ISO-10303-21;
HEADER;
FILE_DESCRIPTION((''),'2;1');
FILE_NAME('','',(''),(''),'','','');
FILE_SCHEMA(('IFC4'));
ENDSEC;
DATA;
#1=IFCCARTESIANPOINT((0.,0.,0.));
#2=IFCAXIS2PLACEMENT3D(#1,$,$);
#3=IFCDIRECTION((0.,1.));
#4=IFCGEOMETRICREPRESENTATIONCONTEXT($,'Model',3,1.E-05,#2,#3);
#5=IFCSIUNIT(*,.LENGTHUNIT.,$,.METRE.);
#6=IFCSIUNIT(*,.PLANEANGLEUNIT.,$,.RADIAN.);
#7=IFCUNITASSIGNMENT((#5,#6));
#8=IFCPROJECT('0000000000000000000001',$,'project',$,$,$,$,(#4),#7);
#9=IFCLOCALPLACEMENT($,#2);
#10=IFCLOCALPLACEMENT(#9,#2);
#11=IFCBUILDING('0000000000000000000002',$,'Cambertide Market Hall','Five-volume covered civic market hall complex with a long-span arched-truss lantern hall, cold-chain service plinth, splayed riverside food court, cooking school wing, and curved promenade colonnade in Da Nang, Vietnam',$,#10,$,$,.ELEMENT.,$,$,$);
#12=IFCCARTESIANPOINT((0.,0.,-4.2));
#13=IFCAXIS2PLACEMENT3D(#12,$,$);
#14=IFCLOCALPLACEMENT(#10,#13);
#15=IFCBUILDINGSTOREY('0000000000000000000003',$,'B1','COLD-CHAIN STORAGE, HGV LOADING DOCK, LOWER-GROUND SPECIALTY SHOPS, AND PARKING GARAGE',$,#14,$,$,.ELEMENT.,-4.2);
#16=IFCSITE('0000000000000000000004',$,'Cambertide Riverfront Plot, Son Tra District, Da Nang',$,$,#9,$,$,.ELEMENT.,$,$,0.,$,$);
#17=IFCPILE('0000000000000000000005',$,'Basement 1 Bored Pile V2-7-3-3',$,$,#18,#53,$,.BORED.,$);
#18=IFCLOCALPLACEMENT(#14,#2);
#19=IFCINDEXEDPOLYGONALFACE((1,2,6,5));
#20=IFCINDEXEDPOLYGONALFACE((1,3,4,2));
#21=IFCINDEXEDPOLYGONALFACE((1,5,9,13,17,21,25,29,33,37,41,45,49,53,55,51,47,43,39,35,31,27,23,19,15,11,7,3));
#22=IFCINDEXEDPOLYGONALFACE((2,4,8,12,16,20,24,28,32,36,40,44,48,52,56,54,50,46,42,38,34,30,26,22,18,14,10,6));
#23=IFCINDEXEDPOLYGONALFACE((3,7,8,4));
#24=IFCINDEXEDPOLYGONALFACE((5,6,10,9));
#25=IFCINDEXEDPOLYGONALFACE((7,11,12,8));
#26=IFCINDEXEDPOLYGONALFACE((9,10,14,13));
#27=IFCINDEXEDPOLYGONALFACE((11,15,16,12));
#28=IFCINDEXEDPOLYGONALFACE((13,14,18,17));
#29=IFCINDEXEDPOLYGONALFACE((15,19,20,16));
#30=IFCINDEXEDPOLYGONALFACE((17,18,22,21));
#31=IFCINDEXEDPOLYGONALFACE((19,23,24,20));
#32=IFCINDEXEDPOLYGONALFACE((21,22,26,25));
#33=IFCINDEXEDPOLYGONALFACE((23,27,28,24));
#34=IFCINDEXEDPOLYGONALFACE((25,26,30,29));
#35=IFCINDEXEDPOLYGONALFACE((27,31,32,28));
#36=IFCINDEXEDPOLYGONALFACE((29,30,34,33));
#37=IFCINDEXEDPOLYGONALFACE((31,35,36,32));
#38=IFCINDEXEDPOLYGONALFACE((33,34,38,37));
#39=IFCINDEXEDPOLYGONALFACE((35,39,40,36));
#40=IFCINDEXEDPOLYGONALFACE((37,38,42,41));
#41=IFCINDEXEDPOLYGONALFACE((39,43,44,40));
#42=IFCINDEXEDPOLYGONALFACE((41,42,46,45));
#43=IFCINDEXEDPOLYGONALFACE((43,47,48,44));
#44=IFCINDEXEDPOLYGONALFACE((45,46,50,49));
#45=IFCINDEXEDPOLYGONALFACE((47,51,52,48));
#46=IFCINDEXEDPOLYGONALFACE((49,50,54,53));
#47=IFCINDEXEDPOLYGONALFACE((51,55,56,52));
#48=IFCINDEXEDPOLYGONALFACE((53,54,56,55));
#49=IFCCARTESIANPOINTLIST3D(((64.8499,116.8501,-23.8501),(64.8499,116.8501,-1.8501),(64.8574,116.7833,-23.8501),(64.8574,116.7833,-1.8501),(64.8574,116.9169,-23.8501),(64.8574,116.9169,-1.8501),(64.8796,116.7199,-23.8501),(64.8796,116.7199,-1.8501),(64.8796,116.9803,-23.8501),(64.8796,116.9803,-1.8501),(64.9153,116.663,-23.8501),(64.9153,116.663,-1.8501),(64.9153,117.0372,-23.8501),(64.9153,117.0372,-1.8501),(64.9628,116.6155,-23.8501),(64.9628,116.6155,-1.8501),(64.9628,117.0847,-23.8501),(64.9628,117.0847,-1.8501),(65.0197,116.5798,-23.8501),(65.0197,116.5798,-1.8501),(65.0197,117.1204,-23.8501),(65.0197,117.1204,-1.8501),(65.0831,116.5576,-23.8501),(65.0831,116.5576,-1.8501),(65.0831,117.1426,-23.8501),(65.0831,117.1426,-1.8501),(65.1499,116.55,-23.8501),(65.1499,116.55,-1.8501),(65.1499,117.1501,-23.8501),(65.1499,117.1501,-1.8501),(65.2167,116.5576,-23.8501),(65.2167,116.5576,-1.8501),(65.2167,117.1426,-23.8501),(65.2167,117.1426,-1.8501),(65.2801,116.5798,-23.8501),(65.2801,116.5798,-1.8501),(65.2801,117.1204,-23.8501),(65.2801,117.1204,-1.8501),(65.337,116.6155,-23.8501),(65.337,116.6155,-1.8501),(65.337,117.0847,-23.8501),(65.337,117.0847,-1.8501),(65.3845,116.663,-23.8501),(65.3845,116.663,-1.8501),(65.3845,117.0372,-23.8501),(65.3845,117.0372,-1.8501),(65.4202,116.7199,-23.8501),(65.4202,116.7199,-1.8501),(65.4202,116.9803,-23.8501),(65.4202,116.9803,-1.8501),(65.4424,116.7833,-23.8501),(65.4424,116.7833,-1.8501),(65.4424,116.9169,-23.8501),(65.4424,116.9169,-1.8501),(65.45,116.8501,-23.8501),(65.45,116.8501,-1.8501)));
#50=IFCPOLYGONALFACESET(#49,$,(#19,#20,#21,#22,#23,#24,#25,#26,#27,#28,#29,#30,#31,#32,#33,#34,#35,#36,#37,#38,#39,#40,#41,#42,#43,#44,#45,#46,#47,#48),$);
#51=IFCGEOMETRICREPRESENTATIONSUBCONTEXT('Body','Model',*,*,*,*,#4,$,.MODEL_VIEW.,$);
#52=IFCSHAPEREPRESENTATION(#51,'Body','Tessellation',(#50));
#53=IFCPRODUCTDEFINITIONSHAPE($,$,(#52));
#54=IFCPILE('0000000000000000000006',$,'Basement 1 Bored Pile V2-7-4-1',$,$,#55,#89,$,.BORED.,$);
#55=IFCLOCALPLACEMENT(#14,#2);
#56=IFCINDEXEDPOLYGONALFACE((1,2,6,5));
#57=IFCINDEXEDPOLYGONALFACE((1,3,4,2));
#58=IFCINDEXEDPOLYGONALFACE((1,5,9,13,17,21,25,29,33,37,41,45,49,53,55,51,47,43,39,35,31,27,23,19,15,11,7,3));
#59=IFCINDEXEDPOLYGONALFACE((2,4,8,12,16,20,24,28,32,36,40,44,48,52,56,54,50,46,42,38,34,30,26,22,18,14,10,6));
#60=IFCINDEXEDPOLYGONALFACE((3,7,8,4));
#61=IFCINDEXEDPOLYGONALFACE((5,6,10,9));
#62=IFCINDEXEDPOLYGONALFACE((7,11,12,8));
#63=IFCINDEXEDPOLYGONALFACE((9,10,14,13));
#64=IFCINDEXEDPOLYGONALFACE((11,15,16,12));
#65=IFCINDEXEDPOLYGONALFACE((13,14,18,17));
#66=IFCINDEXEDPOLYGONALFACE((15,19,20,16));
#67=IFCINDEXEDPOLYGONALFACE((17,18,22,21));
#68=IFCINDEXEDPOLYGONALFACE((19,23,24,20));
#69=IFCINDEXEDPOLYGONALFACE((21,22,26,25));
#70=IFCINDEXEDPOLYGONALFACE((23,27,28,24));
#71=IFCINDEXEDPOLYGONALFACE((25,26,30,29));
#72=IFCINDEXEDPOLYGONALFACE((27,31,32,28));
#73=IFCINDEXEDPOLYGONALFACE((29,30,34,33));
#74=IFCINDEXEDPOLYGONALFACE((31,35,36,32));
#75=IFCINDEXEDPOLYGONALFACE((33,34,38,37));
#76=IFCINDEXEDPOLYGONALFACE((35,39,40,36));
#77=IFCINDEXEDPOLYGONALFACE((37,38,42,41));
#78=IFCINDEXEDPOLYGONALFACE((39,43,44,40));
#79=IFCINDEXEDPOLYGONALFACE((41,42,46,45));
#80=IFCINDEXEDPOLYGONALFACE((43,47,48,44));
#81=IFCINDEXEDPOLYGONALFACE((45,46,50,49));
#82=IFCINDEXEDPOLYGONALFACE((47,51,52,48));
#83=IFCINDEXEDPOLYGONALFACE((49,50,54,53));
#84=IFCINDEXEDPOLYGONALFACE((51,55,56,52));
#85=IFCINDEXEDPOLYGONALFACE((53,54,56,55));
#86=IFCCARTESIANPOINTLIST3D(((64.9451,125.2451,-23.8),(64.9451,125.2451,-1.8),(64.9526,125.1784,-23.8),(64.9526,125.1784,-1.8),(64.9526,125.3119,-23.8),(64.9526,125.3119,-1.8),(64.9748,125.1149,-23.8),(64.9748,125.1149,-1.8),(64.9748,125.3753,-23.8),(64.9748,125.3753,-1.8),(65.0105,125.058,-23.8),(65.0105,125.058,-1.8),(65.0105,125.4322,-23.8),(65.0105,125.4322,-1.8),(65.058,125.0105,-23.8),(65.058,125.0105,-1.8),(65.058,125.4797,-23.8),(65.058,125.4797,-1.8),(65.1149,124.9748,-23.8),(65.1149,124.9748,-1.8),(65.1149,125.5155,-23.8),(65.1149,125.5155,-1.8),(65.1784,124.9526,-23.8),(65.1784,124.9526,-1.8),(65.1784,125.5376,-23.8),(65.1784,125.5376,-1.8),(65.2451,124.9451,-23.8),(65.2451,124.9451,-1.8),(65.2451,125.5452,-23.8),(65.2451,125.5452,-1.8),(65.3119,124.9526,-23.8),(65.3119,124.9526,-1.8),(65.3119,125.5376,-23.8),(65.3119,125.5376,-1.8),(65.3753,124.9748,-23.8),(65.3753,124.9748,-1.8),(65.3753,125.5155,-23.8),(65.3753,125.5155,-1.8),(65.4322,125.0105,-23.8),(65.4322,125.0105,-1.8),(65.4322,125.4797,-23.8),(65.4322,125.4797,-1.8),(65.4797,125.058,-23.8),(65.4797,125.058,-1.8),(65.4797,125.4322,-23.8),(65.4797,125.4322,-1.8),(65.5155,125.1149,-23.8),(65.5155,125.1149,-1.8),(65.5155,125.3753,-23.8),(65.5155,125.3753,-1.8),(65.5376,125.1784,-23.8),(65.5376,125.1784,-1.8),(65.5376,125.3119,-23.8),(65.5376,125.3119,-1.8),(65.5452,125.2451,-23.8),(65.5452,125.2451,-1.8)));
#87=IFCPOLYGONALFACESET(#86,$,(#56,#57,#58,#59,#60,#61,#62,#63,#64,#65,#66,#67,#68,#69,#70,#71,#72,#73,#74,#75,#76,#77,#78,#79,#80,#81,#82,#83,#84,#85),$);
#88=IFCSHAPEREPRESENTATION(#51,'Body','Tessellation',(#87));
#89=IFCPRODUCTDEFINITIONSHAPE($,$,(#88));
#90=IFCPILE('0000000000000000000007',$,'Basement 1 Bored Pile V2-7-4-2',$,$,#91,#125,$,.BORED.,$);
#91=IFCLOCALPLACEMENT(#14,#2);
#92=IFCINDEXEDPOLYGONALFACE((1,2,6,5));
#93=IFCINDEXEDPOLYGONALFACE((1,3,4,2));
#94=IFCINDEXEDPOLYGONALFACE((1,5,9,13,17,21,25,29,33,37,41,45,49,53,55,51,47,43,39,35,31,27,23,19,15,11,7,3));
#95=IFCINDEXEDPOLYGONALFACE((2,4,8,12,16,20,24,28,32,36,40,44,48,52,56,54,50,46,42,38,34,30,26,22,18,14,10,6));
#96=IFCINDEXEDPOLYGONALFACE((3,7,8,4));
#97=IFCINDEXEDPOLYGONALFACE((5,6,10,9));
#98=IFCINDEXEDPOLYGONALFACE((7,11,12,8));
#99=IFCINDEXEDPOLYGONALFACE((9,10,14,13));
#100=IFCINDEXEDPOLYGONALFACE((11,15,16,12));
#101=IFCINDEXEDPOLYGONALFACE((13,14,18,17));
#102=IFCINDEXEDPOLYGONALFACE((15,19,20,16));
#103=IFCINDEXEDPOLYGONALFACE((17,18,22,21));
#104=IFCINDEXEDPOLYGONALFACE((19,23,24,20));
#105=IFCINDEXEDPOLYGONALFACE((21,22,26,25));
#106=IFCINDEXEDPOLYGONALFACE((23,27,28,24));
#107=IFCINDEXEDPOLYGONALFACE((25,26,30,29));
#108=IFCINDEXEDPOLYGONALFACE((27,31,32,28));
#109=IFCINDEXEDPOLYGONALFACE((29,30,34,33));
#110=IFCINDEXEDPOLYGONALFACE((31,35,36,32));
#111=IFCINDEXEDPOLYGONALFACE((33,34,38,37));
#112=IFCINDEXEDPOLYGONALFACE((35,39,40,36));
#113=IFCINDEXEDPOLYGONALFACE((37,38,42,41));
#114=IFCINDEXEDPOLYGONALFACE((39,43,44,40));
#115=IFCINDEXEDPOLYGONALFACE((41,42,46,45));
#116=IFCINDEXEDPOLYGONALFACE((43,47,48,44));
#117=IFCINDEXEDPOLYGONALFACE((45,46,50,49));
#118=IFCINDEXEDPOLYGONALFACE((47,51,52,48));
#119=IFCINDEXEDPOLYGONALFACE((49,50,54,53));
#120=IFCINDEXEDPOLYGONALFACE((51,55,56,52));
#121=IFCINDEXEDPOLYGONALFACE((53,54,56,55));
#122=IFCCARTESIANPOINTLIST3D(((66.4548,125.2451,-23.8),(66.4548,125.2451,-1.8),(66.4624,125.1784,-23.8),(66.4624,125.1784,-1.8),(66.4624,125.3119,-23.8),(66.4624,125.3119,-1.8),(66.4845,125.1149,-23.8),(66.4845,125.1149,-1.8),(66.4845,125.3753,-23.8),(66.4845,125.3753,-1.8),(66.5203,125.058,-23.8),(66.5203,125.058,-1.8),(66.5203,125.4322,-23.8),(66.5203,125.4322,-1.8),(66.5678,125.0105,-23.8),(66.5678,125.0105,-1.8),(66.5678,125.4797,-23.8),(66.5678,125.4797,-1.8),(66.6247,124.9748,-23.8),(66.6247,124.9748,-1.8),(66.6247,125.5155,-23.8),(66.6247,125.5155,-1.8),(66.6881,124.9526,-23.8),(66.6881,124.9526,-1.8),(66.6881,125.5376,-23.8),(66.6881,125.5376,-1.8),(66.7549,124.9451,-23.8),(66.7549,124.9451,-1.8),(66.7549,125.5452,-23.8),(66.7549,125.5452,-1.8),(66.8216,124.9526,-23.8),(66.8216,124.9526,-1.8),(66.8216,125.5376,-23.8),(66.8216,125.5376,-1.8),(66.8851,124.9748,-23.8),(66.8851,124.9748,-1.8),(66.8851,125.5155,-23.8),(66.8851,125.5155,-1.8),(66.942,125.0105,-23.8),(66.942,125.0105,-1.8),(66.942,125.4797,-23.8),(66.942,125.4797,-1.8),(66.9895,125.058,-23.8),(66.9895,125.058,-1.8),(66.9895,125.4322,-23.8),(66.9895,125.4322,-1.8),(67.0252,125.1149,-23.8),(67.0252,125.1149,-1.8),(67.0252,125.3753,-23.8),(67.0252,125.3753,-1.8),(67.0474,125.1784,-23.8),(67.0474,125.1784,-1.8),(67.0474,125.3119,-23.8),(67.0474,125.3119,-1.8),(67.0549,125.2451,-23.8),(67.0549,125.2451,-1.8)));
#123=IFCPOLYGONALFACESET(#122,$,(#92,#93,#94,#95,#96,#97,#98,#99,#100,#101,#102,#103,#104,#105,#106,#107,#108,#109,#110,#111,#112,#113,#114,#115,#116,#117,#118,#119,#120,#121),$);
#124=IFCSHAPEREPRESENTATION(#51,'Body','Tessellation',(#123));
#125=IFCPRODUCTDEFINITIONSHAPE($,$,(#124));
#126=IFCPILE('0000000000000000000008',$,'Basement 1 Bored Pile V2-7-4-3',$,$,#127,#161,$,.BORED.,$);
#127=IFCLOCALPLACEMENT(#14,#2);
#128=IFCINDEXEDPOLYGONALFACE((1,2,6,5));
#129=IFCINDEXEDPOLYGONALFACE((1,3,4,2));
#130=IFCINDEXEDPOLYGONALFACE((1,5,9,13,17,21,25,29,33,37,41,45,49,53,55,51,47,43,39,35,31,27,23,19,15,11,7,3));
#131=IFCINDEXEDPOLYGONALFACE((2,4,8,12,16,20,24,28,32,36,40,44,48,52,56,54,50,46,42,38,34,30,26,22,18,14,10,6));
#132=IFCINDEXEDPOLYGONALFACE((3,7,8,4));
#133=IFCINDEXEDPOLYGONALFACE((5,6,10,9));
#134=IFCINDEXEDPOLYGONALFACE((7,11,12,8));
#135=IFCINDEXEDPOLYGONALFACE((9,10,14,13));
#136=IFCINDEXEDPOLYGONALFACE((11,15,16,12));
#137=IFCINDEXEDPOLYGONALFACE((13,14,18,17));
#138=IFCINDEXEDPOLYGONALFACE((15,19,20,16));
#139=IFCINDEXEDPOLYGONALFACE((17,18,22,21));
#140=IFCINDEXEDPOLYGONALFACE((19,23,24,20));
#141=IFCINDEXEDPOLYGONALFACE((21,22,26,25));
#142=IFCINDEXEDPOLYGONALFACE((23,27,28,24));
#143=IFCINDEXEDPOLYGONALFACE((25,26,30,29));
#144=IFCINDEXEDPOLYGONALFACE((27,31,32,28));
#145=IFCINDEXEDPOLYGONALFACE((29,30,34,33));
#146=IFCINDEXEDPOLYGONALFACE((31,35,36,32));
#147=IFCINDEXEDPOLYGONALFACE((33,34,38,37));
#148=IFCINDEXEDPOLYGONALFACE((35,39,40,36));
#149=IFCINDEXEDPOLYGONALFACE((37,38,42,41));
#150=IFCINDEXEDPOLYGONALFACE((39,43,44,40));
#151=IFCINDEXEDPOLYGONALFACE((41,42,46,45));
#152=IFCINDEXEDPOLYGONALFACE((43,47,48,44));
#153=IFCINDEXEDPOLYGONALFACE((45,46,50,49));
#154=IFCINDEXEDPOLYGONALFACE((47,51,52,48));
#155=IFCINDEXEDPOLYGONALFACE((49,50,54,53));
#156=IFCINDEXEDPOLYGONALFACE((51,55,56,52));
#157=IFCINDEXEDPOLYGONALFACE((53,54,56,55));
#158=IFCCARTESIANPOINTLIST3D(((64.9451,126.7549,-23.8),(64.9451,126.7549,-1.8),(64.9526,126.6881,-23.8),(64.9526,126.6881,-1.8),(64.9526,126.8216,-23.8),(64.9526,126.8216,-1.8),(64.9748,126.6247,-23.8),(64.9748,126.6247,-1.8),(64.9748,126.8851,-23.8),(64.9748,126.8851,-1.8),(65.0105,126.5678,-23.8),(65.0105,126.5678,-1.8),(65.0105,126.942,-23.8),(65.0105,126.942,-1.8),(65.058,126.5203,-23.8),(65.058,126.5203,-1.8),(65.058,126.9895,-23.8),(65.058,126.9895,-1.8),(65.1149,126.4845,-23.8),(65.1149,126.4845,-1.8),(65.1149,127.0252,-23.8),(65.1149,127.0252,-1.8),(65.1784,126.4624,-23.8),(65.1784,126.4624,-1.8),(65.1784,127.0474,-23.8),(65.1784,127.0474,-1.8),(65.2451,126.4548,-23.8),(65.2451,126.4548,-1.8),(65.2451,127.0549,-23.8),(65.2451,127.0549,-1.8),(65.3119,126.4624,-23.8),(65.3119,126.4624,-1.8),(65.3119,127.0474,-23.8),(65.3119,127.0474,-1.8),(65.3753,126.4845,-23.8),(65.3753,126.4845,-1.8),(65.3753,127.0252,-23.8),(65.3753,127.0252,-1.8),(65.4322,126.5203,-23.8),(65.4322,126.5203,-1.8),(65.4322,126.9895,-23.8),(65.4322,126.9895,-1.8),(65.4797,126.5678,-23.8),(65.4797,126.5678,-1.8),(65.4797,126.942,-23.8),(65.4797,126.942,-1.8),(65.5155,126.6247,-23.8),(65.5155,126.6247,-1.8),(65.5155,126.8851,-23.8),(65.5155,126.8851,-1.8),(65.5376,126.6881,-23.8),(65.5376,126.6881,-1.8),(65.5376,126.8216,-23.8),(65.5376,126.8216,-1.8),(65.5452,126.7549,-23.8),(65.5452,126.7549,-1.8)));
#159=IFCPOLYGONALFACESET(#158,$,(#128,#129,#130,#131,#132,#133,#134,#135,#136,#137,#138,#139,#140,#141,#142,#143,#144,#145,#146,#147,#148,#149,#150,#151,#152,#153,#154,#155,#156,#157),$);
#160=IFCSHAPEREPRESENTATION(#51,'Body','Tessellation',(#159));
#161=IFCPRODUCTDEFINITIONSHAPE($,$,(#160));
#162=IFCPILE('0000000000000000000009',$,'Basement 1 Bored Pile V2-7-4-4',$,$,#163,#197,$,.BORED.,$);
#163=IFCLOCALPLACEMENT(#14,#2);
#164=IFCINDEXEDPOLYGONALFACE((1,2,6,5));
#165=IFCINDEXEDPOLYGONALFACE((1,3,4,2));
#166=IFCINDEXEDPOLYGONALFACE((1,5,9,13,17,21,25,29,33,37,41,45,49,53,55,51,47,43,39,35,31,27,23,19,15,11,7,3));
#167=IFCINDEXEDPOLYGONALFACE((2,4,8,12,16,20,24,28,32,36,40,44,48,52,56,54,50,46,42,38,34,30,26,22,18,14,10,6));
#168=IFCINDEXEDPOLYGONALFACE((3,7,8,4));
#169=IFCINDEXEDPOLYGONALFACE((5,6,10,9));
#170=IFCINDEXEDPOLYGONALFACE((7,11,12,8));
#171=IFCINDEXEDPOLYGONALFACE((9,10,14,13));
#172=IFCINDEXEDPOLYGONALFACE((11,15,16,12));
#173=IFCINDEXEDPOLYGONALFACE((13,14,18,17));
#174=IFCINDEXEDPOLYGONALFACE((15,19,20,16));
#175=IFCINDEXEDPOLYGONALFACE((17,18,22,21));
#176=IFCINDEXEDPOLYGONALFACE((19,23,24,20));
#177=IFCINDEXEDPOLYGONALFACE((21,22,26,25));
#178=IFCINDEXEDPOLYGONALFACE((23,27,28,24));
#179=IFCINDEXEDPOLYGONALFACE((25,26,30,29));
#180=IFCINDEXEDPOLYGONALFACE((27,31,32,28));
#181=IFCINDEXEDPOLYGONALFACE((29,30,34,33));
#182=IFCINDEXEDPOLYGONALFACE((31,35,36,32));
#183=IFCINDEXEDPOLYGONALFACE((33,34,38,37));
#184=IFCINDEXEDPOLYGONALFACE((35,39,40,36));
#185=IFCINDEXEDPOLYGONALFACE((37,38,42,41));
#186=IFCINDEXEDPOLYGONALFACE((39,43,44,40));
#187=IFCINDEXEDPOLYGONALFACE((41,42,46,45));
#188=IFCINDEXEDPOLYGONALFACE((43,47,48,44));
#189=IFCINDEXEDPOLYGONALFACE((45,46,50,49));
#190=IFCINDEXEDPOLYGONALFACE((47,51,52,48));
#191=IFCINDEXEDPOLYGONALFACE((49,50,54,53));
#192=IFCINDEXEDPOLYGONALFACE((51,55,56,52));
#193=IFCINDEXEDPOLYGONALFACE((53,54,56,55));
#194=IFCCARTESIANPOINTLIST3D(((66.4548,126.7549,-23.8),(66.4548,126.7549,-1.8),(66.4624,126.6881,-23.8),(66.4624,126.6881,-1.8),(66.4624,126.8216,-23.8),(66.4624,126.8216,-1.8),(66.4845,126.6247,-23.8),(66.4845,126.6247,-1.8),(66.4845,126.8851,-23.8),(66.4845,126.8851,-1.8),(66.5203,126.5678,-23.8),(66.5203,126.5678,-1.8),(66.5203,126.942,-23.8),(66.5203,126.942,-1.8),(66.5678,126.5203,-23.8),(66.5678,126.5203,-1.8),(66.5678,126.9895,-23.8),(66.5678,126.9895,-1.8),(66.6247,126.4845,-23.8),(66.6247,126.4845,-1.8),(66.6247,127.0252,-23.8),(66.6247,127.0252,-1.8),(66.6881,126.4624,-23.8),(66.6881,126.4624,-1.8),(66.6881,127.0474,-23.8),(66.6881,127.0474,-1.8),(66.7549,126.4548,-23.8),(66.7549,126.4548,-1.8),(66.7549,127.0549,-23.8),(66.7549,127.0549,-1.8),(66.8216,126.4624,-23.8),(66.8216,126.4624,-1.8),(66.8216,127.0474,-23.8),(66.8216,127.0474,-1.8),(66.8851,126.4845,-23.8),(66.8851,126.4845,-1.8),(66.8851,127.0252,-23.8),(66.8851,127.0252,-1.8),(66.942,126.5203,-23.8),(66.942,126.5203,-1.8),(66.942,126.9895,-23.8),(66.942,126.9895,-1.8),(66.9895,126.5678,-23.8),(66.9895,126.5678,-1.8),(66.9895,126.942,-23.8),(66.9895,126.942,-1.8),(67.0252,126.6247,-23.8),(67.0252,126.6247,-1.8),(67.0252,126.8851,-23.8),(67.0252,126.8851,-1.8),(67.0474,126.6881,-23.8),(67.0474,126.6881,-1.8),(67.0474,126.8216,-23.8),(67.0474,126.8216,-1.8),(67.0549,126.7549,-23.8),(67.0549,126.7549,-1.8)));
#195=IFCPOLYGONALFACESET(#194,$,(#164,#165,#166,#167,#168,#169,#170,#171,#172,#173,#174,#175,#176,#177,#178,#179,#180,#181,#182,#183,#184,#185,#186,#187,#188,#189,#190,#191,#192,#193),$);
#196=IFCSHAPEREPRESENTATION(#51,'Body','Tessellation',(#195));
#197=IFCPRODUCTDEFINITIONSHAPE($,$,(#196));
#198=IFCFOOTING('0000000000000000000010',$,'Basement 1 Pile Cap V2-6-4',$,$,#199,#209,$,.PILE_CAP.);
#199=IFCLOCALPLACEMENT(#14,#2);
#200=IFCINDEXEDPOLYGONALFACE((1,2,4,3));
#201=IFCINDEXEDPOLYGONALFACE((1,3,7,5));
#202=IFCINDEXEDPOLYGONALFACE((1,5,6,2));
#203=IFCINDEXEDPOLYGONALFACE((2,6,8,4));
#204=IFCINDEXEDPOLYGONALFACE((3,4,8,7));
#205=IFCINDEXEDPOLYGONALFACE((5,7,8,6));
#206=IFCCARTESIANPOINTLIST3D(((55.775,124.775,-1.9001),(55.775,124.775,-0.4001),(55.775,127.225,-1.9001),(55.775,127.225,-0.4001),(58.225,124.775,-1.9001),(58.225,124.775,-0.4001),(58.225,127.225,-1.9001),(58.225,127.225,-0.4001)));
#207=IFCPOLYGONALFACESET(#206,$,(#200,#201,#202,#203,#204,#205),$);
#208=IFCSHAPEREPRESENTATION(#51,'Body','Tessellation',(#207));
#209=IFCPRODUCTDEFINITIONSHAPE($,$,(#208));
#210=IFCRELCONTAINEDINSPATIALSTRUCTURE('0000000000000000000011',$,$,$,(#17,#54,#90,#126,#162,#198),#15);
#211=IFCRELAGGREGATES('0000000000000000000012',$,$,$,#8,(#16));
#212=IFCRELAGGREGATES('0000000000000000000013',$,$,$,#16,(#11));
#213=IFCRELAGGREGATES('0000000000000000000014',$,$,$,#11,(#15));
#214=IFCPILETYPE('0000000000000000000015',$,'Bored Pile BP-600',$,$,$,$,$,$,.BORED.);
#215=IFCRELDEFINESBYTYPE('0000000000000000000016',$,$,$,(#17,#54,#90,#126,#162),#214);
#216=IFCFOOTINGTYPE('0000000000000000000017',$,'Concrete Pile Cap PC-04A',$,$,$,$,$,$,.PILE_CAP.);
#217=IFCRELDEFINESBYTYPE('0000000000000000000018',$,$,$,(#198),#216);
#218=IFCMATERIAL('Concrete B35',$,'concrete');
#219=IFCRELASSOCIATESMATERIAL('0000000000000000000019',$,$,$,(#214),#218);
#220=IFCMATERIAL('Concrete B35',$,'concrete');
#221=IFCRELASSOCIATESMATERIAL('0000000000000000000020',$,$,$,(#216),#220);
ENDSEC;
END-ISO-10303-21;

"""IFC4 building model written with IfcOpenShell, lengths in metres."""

from ifc_helpers import new_model, si_unit, direction, frame, origin, origin_2d, place, context, subcontext, project, spatial, rectangle, circle, extrude, material, material_profile, profile_set, type_object, element, save


model = new_model("IFC4")

# Units and contexts
model_context = context("Model", 3, precision=1e-05, world=origin(), true_north=direction((0.0, 1.0)))
body_context = subcontext(model_context, "Body", "Model", "MODEL_VIEW")
ifc_project = project(units=[si_unit("LENGTHUNIT", "METRE"), si_unit("PLANEANGLEUNIT", "RADIAN")], contexts=[model_context])

# Site, building, storey
site_placement = place(None, origin())
site = spatial("IfcSite", under=ifc_project, at=site_placement, Name="Cambertide Riverfront Plot, Son Tra District, Da Nang", CompositionType="ELEMENT", RefElevation=0.0)
building_placement = place(site_placement, origin())
building = spatial("IfcBuilding", under=site, at=building_placement, Name="Cambertide Market Hall", Description="Five-volume covered civic market hall complex with a long-span arched-truss lantern hall, cold-chain service plinth, splayed riverside food court, cooking school wing, and curved promenade colonnade in Da Nang, Vietnam", CompositionType="ELEMENT")
storey_placement = place(building_placement, frame((0.0, 0.0, -4.2)))
storey = spatial("IfcBuildingStorey", under=building, at=storey_placement, Name="B1", Description="COLD-CHAIN STORAGE, HGV LOADING DOCK, LOWER-GROUND SPECIALTY SHOPS, AND PARKING GARAGE", CompositionType="ELEMENT", Elevation=-4.2)

# Piles
ifc_material_1 = material(Name="Concrete B35", Category="concrete")
ifc_material_profile_1 = material_profile(ifc_material_1, circle(Radius=0.3, at=origin_2d()), Name="BP D600")
ifc_profile_set_1 = profile_set([ifc_material_profile_1], Name="Concrete B35")
pile_type = type_object("IfcPileType", Name="Bored Pile BP-600", PredefinedType="BORED", material=ifc_profile_set_1)
for number, where, z_axis, x_axis, name in (
    (1, (65.1499, 116.8501, -1.8501), (0.0, 0.0, -1.0), (1.0, 0.0, 0.0), "Basement 1 Bored Pile V2-7-3-3"),
    (2, (65.2451, 125.2451, -1.8), (0.0, 0.0, -1.0), (1.0, 0.0, 0.0), "Basement 1 Bored Pile V2-7-4-1"),
    (3, (66.7549, 125.2451, -1.8), (0.0, 0.0, -1.0), (1.0, 0.0, 0.0), "Basement 1 Bored Pile V2-7-4-2"),
    (4, (65.2451, 126.7549, -1.8), (0.0, 0.0, -1.0), (1.0, 0.0, 0.0), "Basement 1 Bored Pile V2-7-4-3"),
    (5, (66.7549, 126.7549, -1.8), (0.0, 0.0, -1.0), (1.0, 0.0, 0.0), "Basement 1 Bored Pile V2-7-4-4"),
):
    element("IfcPile", number, at=place(storey_placement, frame(where, z_axis=z_axis, x_axis=x_axis)), inside=storey, type_object=pile_type, Name=name, PredefinedType="BORED", context=body_context, shape_type="SweptSolid", body=[
        extrude(circle(Radius=0.3, at=origin_2d()), origin(), (0.0, 0.0, 1.0), 22.0),
    ])

# Footing
ifc_material_2 = material(Name="Concrete B35", Category="concrete")
footing_type_1 = type_object("IfcFootingType", Name="Concrete Pile Cap PC-04A", PredefinedType="PILE_CAP", material=ifc_material_2)
for number, where, z_axis, x_axis, name in (
    (6, (57.0, 126.0, -1.9001), (0.0, 0.0, 1.0), (1.0, 0.0, 0.0), "Basement 1 Pile Cap V2-6-4"),
):
    element("IfcFooting", number, at=place(storey_placement, frame(where, z_axis=z_axis, x_axis=x_axis)), inside=storey, type_object=footing_type_1, Name=name, PredefinedType="PILE_CAP", context=body_context, shape_type="SweptSolid", body=[
        extrude(rectangle(XDim=2.45, YDim=2.45, at=origin_2d()), origin(), (0.0, 0.0, 1.0), 1.5),
    ])

save(model, "model.ifc")
